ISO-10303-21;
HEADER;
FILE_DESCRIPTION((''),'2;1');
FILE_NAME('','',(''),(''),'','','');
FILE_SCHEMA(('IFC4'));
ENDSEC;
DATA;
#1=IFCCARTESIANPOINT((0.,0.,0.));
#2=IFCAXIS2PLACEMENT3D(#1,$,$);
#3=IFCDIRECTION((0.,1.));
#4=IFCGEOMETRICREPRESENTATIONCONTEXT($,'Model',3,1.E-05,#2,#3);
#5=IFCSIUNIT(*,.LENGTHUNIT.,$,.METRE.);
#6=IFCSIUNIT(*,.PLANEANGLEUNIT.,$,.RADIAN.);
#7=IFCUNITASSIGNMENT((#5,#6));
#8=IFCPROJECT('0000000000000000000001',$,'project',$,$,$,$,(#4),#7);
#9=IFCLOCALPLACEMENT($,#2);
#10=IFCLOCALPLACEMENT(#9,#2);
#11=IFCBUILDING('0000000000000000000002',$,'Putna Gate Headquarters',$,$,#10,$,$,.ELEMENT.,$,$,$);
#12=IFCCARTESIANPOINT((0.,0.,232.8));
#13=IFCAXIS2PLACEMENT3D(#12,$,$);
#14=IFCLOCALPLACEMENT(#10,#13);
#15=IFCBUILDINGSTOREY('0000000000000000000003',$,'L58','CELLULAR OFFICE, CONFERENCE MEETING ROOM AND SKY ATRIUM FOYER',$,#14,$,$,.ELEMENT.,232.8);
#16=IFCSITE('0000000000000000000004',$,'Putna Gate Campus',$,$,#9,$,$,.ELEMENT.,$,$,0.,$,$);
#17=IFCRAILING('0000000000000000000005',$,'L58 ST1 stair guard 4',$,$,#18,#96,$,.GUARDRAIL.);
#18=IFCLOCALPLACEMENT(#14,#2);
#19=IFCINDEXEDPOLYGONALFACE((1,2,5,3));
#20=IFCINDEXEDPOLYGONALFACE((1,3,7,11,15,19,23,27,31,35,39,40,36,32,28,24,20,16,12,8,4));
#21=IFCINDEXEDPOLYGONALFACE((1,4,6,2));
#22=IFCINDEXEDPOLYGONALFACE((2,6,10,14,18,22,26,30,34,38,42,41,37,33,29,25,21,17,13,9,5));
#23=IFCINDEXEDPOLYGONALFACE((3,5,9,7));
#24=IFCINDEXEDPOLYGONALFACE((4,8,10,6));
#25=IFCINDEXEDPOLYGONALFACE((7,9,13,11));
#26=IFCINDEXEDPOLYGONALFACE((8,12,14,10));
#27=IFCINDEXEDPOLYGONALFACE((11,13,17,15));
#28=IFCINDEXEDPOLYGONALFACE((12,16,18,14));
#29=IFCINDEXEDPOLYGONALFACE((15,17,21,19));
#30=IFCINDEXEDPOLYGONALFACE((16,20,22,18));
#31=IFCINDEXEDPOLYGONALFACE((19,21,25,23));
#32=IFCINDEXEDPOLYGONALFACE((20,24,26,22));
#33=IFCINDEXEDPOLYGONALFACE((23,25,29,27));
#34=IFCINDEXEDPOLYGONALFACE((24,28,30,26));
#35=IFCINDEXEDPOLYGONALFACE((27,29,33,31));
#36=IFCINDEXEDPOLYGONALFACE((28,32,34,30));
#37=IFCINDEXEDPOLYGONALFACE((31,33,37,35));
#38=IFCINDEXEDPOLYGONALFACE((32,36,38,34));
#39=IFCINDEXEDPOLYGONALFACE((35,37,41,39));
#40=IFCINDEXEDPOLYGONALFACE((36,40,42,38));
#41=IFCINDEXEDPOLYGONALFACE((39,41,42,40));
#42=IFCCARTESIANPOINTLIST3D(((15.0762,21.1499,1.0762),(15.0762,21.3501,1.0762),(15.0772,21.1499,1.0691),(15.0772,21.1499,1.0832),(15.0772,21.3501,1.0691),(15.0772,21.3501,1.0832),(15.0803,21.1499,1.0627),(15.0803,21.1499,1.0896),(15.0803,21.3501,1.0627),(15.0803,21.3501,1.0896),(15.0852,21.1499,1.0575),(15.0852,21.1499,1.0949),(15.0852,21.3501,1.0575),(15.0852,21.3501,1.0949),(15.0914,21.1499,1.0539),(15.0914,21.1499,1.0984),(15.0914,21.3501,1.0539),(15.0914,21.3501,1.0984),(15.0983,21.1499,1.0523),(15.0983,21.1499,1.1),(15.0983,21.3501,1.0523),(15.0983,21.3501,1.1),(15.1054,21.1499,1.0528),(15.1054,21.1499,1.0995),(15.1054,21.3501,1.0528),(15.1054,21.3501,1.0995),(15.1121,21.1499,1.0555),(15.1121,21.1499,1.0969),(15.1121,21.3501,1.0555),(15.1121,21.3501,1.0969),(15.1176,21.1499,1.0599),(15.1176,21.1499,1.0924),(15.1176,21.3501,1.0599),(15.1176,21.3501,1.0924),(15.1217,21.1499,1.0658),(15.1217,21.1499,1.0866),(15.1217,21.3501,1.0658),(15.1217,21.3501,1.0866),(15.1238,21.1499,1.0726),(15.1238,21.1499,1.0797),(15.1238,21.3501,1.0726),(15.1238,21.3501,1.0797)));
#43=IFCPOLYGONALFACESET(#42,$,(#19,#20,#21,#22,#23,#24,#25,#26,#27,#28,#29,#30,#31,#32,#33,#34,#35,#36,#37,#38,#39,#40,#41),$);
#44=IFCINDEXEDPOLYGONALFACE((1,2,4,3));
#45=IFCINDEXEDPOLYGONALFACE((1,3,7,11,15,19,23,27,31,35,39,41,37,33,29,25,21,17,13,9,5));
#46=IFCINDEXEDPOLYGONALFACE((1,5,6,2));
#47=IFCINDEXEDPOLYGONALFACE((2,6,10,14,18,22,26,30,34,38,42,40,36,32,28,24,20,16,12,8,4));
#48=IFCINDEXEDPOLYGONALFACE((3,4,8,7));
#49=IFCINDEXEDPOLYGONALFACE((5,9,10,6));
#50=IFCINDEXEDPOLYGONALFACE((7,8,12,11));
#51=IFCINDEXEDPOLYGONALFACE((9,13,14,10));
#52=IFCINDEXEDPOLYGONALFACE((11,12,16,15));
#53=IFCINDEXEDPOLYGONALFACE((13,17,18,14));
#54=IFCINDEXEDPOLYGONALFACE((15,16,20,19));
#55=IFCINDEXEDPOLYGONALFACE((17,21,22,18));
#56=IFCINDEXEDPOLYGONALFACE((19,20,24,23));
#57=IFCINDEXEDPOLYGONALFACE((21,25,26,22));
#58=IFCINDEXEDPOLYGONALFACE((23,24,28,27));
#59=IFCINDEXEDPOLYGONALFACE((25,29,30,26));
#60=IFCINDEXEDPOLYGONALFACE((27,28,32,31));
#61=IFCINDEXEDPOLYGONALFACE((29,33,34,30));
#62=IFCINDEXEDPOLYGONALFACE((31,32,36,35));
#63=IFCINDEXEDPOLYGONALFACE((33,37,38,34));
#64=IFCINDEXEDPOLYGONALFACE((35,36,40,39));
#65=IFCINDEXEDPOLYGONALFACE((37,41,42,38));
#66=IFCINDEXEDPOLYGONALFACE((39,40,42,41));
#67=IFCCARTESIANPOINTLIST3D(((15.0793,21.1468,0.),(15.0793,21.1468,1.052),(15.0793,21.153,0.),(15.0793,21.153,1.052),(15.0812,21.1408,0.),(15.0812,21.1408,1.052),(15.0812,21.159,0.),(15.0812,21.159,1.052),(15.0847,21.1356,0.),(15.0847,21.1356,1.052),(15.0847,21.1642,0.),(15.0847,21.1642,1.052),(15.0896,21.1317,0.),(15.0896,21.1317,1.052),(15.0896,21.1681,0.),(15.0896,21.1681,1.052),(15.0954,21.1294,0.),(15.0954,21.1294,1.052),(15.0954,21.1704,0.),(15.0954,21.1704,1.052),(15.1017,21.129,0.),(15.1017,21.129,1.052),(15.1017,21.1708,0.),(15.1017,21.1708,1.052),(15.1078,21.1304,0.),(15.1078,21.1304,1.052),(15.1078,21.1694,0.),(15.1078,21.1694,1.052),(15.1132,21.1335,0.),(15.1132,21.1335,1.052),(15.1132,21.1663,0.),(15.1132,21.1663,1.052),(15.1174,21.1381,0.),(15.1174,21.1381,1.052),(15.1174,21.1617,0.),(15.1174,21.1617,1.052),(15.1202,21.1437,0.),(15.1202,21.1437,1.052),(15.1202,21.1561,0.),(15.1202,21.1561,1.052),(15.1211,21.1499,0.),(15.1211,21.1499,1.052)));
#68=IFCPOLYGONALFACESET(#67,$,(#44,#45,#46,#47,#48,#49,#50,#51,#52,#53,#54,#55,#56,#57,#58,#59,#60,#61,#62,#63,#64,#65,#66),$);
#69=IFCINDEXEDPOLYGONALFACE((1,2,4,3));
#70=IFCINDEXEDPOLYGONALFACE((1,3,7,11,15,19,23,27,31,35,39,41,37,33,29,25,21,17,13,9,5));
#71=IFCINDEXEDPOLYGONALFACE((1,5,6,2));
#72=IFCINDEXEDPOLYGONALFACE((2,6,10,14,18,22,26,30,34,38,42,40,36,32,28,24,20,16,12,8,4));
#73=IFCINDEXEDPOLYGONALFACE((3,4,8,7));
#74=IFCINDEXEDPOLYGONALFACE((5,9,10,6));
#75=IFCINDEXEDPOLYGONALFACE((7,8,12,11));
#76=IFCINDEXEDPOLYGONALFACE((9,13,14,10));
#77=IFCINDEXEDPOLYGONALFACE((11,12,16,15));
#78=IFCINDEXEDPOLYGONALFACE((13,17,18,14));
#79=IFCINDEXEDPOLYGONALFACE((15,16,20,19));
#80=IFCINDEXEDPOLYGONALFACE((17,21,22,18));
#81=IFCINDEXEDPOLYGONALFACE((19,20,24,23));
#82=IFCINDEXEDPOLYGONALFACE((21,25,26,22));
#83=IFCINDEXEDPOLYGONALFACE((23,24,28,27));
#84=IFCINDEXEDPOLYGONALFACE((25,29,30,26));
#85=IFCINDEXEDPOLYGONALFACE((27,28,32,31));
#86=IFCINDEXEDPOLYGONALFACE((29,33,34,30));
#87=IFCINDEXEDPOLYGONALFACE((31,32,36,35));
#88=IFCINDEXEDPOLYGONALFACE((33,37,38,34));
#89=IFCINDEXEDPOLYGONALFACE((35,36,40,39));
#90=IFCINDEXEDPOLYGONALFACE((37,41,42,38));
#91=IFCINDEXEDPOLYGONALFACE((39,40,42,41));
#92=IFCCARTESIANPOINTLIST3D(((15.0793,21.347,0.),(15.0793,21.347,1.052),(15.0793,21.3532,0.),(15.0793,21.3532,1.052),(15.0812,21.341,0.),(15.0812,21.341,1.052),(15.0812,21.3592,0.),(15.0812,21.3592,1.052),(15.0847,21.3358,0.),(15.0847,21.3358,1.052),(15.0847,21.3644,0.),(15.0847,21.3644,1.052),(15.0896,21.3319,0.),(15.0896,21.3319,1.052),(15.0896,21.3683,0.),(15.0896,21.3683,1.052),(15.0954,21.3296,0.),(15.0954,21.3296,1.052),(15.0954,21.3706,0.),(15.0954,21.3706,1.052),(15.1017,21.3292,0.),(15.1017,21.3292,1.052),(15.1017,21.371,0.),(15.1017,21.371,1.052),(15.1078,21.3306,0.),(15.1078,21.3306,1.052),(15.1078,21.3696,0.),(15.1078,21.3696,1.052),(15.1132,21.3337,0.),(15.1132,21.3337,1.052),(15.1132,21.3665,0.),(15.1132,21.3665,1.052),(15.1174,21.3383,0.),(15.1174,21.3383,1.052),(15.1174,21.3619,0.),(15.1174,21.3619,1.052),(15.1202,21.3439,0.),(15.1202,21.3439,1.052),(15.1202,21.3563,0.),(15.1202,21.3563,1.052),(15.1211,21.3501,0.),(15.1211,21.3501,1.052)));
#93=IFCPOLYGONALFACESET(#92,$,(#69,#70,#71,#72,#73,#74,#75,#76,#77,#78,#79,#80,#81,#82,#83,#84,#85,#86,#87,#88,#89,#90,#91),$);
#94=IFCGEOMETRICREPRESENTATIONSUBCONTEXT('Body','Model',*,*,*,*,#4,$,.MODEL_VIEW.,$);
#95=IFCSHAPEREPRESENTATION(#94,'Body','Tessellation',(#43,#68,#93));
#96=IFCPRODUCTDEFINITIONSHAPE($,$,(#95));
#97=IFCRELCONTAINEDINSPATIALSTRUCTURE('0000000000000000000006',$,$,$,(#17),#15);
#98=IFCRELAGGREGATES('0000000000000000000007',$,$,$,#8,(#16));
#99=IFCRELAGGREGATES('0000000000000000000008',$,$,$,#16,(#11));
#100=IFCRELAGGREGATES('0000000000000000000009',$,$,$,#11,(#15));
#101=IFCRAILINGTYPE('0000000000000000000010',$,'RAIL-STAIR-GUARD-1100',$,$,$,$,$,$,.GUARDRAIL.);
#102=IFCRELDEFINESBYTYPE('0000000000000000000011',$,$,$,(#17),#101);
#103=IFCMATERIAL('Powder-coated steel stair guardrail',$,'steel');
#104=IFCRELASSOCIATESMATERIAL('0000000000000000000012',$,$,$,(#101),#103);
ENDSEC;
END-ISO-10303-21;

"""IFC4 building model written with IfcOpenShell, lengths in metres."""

from ifc_helpers import new_model, si_unit, direction, frame, origin, origin_2d, place, context, subcontext, project, spatial, circle, extrude, material, type_object, element, save


model = new_model("IFC4")

# Units and contexts
model_context = context("Model", 3, precision=1e-05, world=origin(), true_north=direction((0.0, 1.0)))
body_context = subcontext(model_context, "Body", "Model", "MODEL_VIEW")
ifc_project = project(units=[si_unit("LENGTHUNIT", "METRE"), si_unit("PLANEANGLEUNIT", "RADIAN")], contexts=[model_context])

# Site, building, storey
site_placement = place(None, origin())
site = spatial("IfcSite", under=ifc_project, at=site_placement, Name="Putna Gate Campus", CompositionType="ELEMENT", RefElevation=0.0)
building_placement = place(site_placement, origin())
building = spatial("IfcBuilding", under=site, at=building_placement, Name="Putna Gate Headquarters", CompositionType="ELEMENT")
storey_placement = place(building_placement, frame((0.0, 0.0, 232.8)))
storey = spatial("IfcBuildingStorey", under=building, at=storey_placement, Name="L58", Description="CELLULAR OFFICE, CONFERENCE MEETING ROOM AND SKY ATRIUM FOYER", CompositionType="ELEMENT", Elevation=232.8)

# Railing
ifc_material_1 = material(Name="Powder-coated steel stair guardrail", Category="steel")
railing_type_1 = type_object("IfcRailingType", Name="RAIL-STAIR-GUARD-1100", PredefinedType="GUARDRAIL", material=ifc_material_1)
railing_1_placement = place(storey_placement, frame((15.1001, 21.1499, 0.0)))
element("IfcRailing", 1, at=railing_1_placement, inside=storey, type_object=railing_type_1, Name="L58 ST1 stair guard 4", PredefinedType="GUARDRAIL", context=body_context, shape_type="SweptSolid", body=[
    extrude(circle(Radius=0.0239, at=origin_2d()), frame((0.0, 0.0, 1.0762), z_axis=(0.0, 1.0, 0.0), x_axis=(-1.0, 0.0, 0.0)), (0.0, 0.0, 1.0), 0.2002),
    extrude(circle(Radius=0.021, at=origin_2d()), origin(), (0.0, 0.0, 1.0), 1.052),
    extrude(circle(Radius=0.021, at=origin_2d()), frame((0.0, 0.2002, 0.0)), (0.0, 0.0, 1.0), 1.052),
])

save(model, "model.ifc")
